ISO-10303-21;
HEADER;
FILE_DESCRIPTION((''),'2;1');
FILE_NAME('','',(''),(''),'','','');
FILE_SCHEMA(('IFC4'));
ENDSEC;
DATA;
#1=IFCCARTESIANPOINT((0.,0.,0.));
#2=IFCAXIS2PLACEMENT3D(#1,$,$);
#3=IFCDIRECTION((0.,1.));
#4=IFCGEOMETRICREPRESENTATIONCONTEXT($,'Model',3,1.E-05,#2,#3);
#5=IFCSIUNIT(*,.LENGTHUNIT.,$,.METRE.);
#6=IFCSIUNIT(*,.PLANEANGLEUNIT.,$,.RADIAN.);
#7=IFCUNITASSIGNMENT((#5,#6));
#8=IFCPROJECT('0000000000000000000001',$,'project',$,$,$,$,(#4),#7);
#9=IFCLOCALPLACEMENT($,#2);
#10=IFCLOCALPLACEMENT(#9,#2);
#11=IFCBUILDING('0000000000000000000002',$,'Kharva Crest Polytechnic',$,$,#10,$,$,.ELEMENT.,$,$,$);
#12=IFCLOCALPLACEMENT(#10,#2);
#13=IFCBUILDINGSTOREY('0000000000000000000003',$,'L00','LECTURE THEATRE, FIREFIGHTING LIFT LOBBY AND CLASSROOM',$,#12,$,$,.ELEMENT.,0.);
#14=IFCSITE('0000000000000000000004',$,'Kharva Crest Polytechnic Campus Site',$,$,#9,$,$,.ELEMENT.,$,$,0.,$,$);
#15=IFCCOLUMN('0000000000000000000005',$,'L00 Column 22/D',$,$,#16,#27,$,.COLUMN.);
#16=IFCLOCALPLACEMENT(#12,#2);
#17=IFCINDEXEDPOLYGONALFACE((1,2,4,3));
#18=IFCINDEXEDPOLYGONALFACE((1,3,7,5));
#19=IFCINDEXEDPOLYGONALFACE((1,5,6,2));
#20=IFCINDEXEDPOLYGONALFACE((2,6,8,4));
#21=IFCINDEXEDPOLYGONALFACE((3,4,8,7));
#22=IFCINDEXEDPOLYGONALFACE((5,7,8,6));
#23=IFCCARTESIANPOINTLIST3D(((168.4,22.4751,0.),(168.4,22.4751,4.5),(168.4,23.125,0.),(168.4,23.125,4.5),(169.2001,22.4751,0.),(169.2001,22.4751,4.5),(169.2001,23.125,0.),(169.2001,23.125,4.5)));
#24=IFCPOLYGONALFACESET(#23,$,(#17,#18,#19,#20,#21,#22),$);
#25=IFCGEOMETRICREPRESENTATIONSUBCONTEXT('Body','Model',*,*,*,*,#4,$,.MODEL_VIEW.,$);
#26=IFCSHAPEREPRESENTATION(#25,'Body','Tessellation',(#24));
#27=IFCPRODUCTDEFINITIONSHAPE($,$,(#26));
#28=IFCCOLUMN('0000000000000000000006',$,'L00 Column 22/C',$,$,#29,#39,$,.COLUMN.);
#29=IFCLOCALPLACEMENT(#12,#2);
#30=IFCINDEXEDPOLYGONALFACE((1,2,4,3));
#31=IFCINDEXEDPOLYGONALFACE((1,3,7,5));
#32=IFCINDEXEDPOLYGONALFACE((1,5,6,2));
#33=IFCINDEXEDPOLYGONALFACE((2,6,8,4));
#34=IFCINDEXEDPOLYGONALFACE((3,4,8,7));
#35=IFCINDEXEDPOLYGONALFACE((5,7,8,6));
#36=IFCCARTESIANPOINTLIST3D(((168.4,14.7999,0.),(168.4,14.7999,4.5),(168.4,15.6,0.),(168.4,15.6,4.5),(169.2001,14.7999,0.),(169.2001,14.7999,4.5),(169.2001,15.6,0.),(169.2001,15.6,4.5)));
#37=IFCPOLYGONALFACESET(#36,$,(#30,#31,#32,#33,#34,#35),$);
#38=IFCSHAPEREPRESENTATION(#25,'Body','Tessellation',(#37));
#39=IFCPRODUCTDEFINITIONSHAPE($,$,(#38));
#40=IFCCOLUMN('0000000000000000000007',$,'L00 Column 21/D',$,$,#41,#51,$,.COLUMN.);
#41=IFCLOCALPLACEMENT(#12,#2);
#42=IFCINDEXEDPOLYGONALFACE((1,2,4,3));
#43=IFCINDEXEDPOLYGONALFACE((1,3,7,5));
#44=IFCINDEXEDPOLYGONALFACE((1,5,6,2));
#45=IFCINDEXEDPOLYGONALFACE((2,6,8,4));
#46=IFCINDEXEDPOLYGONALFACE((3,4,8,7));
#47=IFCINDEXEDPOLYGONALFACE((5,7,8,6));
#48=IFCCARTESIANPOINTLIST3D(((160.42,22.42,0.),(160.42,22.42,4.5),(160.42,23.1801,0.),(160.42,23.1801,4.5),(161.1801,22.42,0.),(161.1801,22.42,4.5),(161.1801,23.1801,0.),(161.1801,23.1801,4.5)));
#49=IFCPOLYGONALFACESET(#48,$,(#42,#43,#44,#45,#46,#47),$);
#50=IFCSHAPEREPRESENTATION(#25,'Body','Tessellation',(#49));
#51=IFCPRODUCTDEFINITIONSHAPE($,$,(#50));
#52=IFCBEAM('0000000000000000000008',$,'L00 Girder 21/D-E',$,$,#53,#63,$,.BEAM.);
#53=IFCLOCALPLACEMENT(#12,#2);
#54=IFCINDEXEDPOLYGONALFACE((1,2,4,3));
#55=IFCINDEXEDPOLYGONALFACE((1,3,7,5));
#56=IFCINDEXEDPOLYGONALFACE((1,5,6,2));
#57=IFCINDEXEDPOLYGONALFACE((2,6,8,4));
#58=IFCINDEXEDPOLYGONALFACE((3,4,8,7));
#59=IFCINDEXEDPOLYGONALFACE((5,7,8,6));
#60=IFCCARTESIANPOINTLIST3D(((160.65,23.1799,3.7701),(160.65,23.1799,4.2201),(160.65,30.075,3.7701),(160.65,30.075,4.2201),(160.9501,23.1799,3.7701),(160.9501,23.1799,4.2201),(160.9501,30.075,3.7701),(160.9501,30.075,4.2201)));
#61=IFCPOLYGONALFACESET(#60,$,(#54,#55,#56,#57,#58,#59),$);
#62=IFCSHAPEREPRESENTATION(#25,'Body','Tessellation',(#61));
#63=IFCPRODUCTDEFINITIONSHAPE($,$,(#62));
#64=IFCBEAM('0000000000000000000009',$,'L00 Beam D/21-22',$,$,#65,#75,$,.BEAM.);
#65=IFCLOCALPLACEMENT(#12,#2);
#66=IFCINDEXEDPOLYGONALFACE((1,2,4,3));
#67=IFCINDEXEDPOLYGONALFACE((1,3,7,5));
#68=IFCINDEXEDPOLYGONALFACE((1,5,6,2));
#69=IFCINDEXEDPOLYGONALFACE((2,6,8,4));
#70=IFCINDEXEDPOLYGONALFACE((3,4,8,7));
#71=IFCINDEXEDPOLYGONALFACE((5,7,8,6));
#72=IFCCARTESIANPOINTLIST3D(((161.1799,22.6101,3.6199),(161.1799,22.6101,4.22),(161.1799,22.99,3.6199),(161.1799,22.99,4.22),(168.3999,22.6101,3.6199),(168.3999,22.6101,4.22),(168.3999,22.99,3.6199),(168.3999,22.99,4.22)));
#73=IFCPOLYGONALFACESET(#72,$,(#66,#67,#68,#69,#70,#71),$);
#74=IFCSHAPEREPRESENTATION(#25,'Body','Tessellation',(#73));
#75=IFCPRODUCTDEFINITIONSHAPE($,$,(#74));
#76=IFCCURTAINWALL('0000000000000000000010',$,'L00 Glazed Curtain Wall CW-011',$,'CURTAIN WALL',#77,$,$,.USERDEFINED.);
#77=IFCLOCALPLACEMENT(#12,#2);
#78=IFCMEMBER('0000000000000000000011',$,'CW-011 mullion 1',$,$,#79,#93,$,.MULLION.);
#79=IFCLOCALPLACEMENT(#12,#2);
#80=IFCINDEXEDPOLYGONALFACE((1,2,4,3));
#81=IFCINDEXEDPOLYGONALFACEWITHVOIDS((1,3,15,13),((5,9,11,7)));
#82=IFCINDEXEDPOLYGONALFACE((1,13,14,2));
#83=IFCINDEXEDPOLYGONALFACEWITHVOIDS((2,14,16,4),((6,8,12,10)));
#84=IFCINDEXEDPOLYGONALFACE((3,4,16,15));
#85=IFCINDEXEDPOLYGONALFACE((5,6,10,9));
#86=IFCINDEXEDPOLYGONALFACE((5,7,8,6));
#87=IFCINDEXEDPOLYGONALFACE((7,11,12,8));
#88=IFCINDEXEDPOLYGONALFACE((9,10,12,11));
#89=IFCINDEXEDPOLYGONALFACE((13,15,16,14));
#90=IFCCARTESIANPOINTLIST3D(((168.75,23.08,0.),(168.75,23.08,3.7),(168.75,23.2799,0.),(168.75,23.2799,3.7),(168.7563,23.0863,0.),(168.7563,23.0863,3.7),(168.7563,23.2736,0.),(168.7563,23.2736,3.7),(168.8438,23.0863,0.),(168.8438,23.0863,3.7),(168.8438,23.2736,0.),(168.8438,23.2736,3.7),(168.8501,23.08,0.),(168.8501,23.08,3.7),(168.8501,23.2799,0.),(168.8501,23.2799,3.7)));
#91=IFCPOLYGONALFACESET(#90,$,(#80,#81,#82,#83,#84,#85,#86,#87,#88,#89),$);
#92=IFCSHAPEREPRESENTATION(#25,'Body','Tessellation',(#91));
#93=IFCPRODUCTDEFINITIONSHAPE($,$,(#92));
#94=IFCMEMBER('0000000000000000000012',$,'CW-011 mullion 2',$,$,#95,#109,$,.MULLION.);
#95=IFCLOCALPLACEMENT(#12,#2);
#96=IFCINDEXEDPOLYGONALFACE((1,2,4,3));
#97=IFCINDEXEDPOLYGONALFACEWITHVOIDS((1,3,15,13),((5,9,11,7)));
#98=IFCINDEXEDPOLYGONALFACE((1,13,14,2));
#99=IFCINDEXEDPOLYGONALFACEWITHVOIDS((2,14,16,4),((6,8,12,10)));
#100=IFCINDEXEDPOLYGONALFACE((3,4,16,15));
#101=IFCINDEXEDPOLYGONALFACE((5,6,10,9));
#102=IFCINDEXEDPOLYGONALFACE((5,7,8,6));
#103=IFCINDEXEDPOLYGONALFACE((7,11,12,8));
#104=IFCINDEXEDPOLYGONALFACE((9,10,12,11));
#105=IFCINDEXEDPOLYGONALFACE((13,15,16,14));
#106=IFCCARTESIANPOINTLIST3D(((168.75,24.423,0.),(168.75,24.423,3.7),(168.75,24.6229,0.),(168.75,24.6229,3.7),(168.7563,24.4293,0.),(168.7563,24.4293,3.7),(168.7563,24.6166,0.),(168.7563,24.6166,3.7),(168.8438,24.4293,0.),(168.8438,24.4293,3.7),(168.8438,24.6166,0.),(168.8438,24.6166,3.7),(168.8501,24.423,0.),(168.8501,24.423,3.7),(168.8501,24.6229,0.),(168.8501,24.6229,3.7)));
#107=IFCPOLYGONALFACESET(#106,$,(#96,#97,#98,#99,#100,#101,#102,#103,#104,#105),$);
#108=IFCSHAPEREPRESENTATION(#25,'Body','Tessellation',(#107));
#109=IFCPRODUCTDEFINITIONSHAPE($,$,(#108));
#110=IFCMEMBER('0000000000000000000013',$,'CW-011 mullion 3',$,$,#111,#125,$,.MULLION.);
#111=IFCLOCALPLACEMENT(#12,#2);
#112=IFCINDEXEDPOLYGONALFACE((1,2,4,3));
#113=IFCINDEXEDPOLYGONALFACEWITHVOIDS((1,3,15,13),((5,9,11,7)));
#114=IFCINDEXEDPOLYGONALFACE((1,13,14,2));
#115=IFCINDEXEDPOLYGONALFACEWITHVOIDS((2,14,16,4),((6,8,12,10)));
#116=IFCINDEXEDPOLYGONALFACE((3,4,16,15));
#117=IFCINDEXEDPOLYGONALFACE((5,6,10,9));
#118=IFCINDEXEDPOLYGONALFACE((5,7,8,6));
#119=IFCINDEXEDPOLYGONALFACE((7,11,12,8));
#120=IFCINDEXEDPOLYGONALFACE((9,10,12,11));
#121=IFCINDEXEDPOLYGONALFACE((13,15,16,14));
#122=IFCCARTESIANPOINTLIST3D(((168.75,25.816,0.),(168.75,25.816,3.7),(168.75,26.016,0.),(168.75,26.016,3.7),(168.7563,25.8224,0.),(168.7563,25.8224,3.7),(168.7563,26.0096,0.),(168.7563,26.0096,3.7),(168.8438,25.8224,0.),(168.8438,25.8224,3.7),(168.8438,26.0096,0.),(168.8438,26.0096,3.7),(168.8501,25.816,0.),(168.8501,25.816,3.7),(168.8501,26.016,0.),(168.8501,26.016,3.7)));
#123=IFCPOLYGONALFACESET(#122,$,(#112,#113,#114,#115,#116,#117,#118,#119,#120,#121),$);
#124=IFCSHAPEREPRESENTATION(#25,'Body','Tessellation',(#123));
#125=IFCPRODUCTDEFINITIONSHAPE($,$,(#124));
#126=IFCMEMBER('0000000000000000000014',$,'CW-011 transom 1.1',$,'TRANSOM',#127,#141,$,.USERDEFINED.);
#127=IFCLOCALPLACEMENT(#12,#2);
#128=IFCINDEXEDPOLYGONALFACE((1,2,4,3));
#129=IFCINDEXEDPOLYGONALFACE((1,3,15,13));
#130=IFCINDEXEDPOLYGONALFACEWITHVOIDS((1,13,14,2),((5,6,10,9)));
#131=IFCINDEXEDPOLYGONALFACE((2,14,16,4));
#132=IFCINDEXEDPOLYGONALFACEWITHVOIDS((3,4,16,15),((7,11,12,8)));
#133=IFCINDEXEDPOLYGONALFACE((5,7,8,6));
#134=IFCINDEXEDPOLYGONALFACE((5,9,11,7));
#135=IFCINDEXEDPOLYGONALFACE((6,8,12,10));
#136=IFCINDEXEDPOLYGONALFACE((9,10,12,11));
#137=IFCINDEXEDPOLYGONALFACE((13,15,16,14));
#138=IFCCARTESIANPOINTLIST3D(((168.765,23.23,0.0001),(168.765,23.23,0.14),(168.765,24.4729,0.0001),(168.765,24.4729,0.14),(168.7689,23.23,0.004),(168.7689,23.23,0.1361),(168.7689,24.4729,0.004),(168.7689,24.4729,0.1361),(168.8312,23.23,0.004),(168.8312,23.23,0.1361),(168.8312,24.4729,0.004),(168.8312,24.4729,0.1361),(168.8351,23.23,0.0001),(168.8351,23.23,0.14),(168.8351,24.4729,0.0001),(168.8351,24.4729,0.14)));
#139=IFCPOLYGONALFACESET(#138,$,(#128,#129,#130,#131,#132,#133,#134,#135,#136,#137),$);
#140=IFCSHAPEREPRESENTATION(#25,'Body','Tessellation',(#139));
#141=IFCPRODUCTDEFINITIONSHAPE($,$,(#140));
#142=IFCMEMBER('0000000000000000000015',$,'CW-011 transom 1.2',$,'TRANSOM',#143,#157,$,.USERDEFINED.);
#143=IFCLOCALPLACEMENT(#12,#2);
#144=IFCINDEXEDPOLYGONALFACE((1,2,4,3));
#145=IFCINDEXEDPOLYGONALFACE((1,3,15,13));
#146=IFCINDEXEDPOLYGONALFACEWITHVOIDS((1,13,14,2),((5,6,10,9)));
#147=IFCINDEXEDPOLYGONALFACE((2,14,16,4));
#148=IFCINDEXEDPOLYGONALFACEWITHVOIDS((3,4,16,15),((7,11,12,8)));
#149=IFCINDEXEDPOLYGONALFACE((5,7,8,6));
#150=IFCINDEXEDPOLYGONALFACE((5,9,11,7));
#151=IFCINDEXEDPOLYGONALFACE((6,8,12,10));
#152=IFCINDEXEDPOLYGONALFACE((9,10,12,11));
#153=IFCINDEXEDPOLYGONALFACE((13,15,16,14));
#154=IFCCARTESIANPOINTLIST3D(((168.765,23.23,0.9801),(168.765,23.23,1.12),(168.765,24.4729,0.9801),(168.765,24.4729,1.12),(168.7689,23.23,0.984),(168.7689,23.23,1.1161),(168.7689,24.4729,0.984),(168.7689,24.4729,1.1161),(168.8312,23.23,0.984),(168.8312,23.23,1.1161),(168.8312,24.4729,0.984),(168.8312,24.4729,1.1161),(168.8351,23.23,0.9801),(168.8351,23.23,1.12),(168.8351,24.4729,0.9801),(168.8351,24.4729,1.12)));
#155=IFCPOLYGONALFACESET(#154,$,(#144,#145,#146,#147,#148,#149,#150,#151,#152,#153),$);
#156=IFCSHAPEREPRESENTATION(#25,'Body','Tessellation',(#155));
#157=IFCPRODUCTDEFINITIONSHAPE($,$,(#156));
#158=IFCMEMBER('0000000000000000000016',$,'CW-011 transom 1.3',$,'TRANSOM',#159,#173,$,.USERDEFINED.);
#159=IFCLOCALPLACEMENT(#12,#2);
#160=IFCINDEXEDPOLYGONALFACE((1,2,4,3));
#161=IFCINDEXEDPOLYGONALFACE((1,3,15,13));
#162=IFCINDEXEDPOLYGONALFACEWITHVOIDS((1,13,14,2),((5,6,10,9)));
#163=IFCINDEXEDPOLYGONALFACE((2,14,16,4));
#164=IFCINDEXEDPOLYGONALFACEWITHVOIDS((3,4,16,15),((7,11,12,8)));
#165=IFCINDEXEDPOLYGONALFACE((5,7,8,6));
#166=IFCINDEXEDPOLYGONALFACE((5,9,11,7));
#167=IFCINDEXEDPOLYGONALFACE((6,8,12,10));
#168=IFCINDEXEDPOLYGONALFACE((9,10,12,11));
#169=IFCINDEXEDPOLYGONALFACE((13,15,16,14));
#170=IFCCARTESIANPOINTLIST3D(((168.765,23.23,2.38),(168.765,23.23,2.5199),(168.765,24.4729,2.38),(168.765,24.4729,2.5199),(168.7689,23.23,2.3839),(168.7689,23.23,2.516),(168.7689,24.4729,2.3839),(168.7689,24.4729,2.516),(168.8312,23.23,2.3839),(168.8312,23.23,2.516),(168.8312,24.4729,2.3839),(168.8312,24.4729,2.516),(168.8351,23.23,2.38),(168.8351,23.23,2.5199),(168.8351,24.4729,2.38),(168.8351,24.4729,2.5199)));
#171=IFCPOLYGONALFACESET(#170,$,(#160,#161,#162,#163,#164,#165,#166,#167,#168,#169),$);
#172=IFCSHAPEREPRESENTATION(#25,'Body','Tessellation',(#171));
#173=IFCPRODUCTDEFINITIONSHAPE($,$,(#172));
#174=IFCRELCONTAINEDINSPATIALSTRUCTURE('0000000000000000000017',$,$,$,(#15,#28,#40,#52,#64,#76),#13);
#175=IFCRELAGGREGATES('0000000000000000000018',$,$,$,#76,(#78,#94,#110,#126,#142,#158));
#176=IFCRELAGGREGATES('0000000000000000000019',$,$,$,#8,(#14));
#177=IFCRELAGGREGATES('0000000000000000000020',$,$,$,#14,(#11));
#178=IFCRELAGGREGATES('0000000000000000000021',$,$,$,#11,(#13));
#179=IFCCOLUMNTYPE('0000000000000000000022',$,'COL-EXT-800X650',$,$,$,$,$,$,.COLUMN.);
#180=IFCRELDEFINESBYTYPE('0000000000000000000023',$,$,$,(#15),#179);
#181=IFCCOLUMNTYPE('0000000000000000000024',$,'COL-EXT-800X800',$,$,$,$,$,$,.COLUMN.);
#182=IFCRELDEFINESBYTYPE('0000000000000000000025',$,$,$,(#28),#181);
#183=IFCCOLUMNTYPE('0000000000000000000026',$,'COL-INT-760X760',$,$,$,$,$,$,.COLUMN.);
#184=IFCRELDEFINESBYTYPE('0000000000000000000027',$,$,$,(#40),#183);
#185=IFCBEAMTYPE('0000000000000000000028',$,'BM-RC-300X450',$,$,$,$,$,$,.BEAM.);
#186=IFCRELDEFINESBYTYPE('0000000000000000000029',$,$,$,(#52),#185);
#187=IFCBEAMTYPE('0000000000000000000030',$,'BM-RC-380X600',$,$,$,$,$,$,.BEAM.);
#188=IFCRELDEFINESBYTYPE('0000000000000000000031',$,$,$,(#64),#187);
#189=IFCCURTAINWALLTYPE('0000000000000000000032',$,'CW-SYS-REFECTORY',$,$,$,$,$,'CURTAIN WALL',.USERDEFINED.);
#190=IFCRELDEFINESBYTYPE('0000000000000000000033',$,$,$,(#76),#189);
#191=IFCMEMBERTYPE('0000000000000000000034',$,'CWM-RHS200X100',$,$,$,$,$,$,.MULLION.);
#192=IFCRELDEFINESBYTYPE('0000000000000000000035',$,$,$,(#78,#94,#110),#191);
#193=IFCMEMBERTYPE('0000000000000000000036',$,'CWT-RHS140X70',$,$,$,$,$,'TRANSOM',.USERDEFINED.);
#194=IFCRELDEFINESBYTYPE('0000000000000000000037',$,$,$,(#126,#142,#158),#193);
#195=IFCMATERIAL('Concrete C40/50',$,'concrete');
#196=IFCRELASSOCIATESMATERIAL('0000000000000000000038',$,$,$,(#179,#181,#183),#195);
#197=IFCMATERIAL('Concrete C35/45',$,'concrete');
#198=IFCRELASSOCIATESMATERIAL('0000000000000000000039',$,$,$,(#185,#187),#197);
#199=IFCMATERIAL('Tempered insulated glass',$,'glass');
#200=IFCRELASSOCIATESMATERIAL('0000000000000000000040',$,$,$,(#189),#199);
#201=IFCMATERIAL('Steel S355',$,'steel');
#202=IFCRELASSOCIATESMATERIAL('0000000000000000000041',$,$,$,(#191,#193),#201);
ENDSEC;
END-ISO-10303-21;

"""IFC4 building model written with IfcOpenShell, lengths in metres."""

from ifc_helpers import new_model, si_unit, direction, frame, origin, origin_2d, place, context, subcontext, project, spatial, rectangle, hollow_rectangle, extrude, material, material_profile, profile_set, type_object, element, aggregate, save


model = new_model("IFC4")

# Units and contexts
model_context = context("Model", 3, precision=1e-05, world=origin(), true_north=direction((0.0, 1.0)))
body_context = subcontext(model_context, "Body", "Model", "MODEL_VIEW")
ifc_project = project(units=[si_unit("LENGTHUNIT", "METRE"), si_unit("PLANEANGLEUNIT", "RADIAN")], contexts=[model_context])

# Site, building, storey
site_placement = place(None, origin())
site = spatial("IfcSite", under=ifc_project, at=site_placement, Name="Kharva Crest Polytechnic Campus Site", CompositionType="ELEMENT", RefElevation=0.0)
building_placement = place(site_placement, origin())
building = spatial("IfcBuilding", under=site, at=building_placement, Name="Kharva Crest Polytechnic", CompositionType="ELEMENT")
storey_placement = place(building_placement, origin())
storey = spatial("IfcBuildingStorey", under=building, at=storey_placement, Name="L00", Description="LECTURE THEATRE, FIREFIGHTING LIFT LOBBY AND CLASSROOM", CompositionType="ELEMENT", Elevation=0.0)

# Columns
ifc_material_1 = material(Name="Concrete C40/50", Category="concrete")
ifc_material_profile_1 = material_profile(ifc_material_1, rectangle(XDim=0.8, YDim=0.6499, at=origin_2d()), Name="RECT 800 X 650")
ifc_profile_set_1 = profile_set([ifc_material_profile_1], Name="Concrete C40/50")
column_type_1 = type_object("IfcColumnType", Name="COL-EXT-800X650", PredefinedType="COLUMN", material=ifc_profile_set_1)
column_1_placement = place(storey_placement, frame((168.8, 22.8, 0.0), z_axis=(0.0, 0.0, 1.0), x_axis=(1.0, 0.0, 0.0)))
element("IfcColumn", 1, at=column_1_placement, inside=storey, type_object=column_type_1, Name="L00 Column 22/D", PredefinedType="COLUMN", context=body_context, shape_type="SweptSolid", body=[
    extrude(rectangle(XDim=0.8, YDim=0.6499, at=origin_2d()), origin(), (0.0, 0.0, 1.0), 4.5),
])
ifc_material_profile_2 = material_profile(ifc_material_1, rectangle(XDim=0.8, YDim=0.8, at=origin_2d()), Name="RECT 800 X 800")
ifc_profile_set_2 = profile_set([ifc_material_profile_2], Name="Concrete C40/50")
column_type_2 = type_object("IfcColumnType", Name="COL-EXT-800X800", PredefinedType="COLUMN", material=ifc_profile_set_2)
column_2_placement = place(storey_placement, frame((168.8, 15.2, 0.0), z_axis=(0.0, 0.0, 1.0), x_axis=(1.0, 0.0, 0.0)))
element("IfcColumn", 2, at=column_2_placement, inside=storey, type_object=column_type_2, Name="L00 Column 22/C", PredefinedType="COLUMN", context=body_context, shape_type="SweptSolid", body=[
    extrude(rectangle(XDim=0.8, YDim=0.8, at=origin_2d()), origin(), (0.0, 0.0, 1.0), 4.5),
])
ifc_material_profile_3 = material_profile(ifc_material_1, rectangle(XDim=0.76, YDim=0.76, at=origin_2d()), Name="RECT 760 X 760")
ifc_profile_set_3 = profile_set([ifc_material_profile_3], Name="Concrete C40/50")
column_type_3 = type_object("IfcColumnType", Name="COL-INT-760X760", PredefinedType="COLUMN", material=ifc_profile_set_3)
column_3_placement = place(storey_placement, frame((160.8, 22.8, 0.0), z_axis=(0.0, 0.0, 1.0), x_axis=(1.0, 0.0, 0.0)))
element("IfcColumn", 3, at=column_3_placement, inside=storey, type_object=column_type_3, Name="L00 Column 21/D", PredefinedType="COLUMN", context=body_context, shape_type="SweptSolid", body=[
    extrude(rectangle(XDim=0.76, YDim=0.76, at=origin_2d()), origin(), (0.0, 0.0, 1.0), 4.5),
])

# Beams
ifc_material_2 = material(Name="Concrete C35/45", Category="concrete")
ifc_material_profile_4 = material_profile(ifc_material_2, rectangle(XDim=0.3, YDim=0.45, at=origin_2d()), Name="RECT 300 X 450")
ifc_profile_set_4 = profile_set([ifc_material_profile_4], Name="Concrete C35/45")
beam_type_1 = type_object("IfcBeamType", Name="BM-RC-300X450", PredefinedType="BEAM", material=ifc_profile_set_4)
beam_1_placement = place(storey_placement, frame((160.8, 23.1799, 3.9951), z_axis=(0.0, 1.0, 0.0), x_axis=(-1.0, 0.0, 0.0)))
element("IfcBeam", 4, at=beam_1_placement, inside=storey, type_object=beam_type_1, Name="L00 Girder 21/D-E", PredefinedType="BEAM", context=body_context, shape_type="SweptSolid", body=[
    extrude(rectangle(XDim=0.3, YDim=0.45, at=origin_2d()), origin(), (0.0, 0.0, 1.0), 6.895),
])
ifc_material_profile_5 = material_profile(ifc_material_2, rectangle(XDim=0.3799, YDim=0.6001, at=origin_2d()), Name="RECT 380 X 600")
ifc_profile_set_5 = profile_set([ifc_material_profile_5], Name="Concrete C35/45")
beam_type_2 = type_object("IfcBeamType", Name="BM-RC-380X600", PredefinedType="BEAM", material=ifc_profile_set_5)
beam_2_placement = place(storey_placement, frame((161.1799, 22.8, 3.9199), z_axis=(1.0, 0.0, 0.0), x_axis=(0.0, 1.0, 0.0)))
element("IfcBeam", 5, at=beam_2_placement, inside=storey, type_object=beam_type_2, Name="L00 Beam D/21-22", PredefinedType="BEAM", context=body_context, shape_type="SweptSolid", body=[
    extrude(rectangle(XDim=0.3799, YDim=0.6001, at=origin_2d()), origin(), (0.0, 0.0, 1.0), 7.22),
])

# Curtain wall, members
ifc_material_3 = material(Name="Tempered insulated glass", Category="glass")
curtain_wall_type = type_object("IfcCurtainWallType", Name="CW-SYS-REFECTORY", ElementType="CURTAIN WALL", PredefinedType="USERDEFINED", material=ifc_material_3)
curtain_wall_placement = place(storey_placement, origin())
curtain_wall = element("IfcCurtainWall", 6, at=curtain_wall_placement, inside=storey, type_object=curtain_wall_type, Name="L00 Glazed Curtain Wall CW-011", ObjectType="CURTAIN WALL", PredefinedType="USERDEFINED")
ifc_material_4 = material(Name="Steel S355", Category="steel")
ifc_material_profile_6 = material_profile(ifc_material_4, hollow_rectangle(XDim=0.1001, YDim=0.2, WallThickness=0.0063, at=origin_2d()), Name="RHS 200X100X6.3")
ifc_profile_set_6 = profile_set([ifc_material_profile_6], Name="Steel S355")
member_type_1 = type_object("IfcMemberType", Name="CWM-RHS200X100", PredefinedType="MULLION", material=ifc_profile_set_6)
member_1_placement = place(storey_placement, frame((168.8, 23.1799, 0.0), z_axis=(0.0, 0.0, 1.0), x_axis=(-1.0, 0.0, 0.0)))
member_1 = element("IfcMember", 7, at=member_1_placement, type_object=member_type_1, Name="CW-011 mullion 1", PredefinedType="MULLION", context=body_context, shape_type="SweptSolid", body=[
    extrude(hollow_rectangle(XDim=0.1001, YDim=0.2, WallThickness=0.0063, at=origin_2d()), origin(), (0.0, 0.0, 1.0), 3.7),
])
member_2_placement = place(storey_placement, frame((168.8, 24.5229, 0.0), z_axis=(0.0, 0.0, 1.0), x_axis=(-1.0, 0.0, 0.0)))
member_2 = element("IfcMember", 8, at=member_2_placement, type_object=member_type_1, Name="CW-011 mullion 2", PredefinedType="MULLION", context=body_context, shape_type="SweptSolid", body=[
    extrude(hollow_rectangle(XDim=0.1001, YDim=0.2, WallThickness=0.0063, at=origin_2d()), origin(), (0.0, 0.0, 1.0), 3.7),
])
member_3_placement = place(storey_placement, frame((168.8, 25.916, 0.0), z_axis=(0.0, 0.0, 1.0), x_axis=(-1.0, 0.0, 0.0)))
member_3 = element("IfcMember", 9, at=member_3_placement, type_object=member_type_1, Name="CW-011 mullion 3", PredefinedType="MULLION", context=body_context, shape_type="SweptSolid", body=[
    extrude(hollow_rectangle(XDim=0.1001, YDim=0.2, WallThickness=0.0063, at=origin_2d()), origin(), (0.0, 0.0, 1.0), 3.7),
])
ifc_material_profile_7 = material_profile(ifc_material_4, hollow_rectangle(XDim=0.0701, YDim=0.1399, WallThickness=0.0039, at=origin_2d()), Name="RHS 140X70X4.0")
ifc_profile_set_7 = profile_set([ifc_material_profile_7], Name="Steel S355")
member_type_2 = type_object("IfcMemberType", Name="CWT-RHS140X70", ElementType="TRANSOM", PredefinedType="USERDEFINED", material=ifc_profile_set_7)
member_4_placement = place(storey_placement, frame((168.8, 23.23, 0.0701), z_axis=(0.0, 1.0, 0.0), x_axis=(-1.0, 0.0, 0.0)))
member_4 = element("IfcMember", 10, at=member_4_placement, type_object=member_type_2, Name="CW-011 transom 1.1", ObjectType="TRANSOM", PredefinedType="USERDEFINED", context=body_context, shape_type="SweptSolid", body=[
    extrude(hollow_rectangle(XDim=0.0701, YDim=0.1399, WallThickness=0.0039, at=origin_2d()), origin(), (0.0, 0.0, 1.0), 1.2429),
])
member_5_placement = place(storey_placement, frame((168.8, 23.23, 1.05), z_axis=(0.0, 1.0, 0.0), x_axis=(-1.0, 0.0, 0.0)))
member_5 = element("IfcMember", 11, at=member_5_placement, type_object=member_type_2, Name="CW-011 transom 1.2", ObjectType="TRANSOM", PredefinedType="USERDEFINED", context=body_context, shape_type="SweptSolid", body=[
    extrude(hollow_rectangle(XDim=0.0701, YDim=0.1399, WallThickness=0.0039, at=origin_2d()), origin(), (0.0, 0.0, 1.0), 1.2429),
])
member_6_placement = place(storey_placement, frame((168.8, 23.23, 2.45), z_axis=(0.0, 1.0, 0.0), x_axis=(-1.0, 0.0, 0.0)))
member_6 = element("IfcMember", 12, at=member_6_placement, type_object=member_type_2, Name="CW-011 transom 1.3", ObjectType="TRANSOM", PredefinedType="USERDEFINED", context=body_context, shape_type="SweptSolid", body=[
    extrude(hollow_rectangle(XDim=0.0701, YDim=0.1399, WallThickness=0.0039, at=origin_2d()), origin(), (0.0, 0.0, 1.0), 1.2429),
])

aggregate(curtain_wall, [member_1, member_2, member_3, member_4, member_5, member_6])

save(model, "model.ifc")
